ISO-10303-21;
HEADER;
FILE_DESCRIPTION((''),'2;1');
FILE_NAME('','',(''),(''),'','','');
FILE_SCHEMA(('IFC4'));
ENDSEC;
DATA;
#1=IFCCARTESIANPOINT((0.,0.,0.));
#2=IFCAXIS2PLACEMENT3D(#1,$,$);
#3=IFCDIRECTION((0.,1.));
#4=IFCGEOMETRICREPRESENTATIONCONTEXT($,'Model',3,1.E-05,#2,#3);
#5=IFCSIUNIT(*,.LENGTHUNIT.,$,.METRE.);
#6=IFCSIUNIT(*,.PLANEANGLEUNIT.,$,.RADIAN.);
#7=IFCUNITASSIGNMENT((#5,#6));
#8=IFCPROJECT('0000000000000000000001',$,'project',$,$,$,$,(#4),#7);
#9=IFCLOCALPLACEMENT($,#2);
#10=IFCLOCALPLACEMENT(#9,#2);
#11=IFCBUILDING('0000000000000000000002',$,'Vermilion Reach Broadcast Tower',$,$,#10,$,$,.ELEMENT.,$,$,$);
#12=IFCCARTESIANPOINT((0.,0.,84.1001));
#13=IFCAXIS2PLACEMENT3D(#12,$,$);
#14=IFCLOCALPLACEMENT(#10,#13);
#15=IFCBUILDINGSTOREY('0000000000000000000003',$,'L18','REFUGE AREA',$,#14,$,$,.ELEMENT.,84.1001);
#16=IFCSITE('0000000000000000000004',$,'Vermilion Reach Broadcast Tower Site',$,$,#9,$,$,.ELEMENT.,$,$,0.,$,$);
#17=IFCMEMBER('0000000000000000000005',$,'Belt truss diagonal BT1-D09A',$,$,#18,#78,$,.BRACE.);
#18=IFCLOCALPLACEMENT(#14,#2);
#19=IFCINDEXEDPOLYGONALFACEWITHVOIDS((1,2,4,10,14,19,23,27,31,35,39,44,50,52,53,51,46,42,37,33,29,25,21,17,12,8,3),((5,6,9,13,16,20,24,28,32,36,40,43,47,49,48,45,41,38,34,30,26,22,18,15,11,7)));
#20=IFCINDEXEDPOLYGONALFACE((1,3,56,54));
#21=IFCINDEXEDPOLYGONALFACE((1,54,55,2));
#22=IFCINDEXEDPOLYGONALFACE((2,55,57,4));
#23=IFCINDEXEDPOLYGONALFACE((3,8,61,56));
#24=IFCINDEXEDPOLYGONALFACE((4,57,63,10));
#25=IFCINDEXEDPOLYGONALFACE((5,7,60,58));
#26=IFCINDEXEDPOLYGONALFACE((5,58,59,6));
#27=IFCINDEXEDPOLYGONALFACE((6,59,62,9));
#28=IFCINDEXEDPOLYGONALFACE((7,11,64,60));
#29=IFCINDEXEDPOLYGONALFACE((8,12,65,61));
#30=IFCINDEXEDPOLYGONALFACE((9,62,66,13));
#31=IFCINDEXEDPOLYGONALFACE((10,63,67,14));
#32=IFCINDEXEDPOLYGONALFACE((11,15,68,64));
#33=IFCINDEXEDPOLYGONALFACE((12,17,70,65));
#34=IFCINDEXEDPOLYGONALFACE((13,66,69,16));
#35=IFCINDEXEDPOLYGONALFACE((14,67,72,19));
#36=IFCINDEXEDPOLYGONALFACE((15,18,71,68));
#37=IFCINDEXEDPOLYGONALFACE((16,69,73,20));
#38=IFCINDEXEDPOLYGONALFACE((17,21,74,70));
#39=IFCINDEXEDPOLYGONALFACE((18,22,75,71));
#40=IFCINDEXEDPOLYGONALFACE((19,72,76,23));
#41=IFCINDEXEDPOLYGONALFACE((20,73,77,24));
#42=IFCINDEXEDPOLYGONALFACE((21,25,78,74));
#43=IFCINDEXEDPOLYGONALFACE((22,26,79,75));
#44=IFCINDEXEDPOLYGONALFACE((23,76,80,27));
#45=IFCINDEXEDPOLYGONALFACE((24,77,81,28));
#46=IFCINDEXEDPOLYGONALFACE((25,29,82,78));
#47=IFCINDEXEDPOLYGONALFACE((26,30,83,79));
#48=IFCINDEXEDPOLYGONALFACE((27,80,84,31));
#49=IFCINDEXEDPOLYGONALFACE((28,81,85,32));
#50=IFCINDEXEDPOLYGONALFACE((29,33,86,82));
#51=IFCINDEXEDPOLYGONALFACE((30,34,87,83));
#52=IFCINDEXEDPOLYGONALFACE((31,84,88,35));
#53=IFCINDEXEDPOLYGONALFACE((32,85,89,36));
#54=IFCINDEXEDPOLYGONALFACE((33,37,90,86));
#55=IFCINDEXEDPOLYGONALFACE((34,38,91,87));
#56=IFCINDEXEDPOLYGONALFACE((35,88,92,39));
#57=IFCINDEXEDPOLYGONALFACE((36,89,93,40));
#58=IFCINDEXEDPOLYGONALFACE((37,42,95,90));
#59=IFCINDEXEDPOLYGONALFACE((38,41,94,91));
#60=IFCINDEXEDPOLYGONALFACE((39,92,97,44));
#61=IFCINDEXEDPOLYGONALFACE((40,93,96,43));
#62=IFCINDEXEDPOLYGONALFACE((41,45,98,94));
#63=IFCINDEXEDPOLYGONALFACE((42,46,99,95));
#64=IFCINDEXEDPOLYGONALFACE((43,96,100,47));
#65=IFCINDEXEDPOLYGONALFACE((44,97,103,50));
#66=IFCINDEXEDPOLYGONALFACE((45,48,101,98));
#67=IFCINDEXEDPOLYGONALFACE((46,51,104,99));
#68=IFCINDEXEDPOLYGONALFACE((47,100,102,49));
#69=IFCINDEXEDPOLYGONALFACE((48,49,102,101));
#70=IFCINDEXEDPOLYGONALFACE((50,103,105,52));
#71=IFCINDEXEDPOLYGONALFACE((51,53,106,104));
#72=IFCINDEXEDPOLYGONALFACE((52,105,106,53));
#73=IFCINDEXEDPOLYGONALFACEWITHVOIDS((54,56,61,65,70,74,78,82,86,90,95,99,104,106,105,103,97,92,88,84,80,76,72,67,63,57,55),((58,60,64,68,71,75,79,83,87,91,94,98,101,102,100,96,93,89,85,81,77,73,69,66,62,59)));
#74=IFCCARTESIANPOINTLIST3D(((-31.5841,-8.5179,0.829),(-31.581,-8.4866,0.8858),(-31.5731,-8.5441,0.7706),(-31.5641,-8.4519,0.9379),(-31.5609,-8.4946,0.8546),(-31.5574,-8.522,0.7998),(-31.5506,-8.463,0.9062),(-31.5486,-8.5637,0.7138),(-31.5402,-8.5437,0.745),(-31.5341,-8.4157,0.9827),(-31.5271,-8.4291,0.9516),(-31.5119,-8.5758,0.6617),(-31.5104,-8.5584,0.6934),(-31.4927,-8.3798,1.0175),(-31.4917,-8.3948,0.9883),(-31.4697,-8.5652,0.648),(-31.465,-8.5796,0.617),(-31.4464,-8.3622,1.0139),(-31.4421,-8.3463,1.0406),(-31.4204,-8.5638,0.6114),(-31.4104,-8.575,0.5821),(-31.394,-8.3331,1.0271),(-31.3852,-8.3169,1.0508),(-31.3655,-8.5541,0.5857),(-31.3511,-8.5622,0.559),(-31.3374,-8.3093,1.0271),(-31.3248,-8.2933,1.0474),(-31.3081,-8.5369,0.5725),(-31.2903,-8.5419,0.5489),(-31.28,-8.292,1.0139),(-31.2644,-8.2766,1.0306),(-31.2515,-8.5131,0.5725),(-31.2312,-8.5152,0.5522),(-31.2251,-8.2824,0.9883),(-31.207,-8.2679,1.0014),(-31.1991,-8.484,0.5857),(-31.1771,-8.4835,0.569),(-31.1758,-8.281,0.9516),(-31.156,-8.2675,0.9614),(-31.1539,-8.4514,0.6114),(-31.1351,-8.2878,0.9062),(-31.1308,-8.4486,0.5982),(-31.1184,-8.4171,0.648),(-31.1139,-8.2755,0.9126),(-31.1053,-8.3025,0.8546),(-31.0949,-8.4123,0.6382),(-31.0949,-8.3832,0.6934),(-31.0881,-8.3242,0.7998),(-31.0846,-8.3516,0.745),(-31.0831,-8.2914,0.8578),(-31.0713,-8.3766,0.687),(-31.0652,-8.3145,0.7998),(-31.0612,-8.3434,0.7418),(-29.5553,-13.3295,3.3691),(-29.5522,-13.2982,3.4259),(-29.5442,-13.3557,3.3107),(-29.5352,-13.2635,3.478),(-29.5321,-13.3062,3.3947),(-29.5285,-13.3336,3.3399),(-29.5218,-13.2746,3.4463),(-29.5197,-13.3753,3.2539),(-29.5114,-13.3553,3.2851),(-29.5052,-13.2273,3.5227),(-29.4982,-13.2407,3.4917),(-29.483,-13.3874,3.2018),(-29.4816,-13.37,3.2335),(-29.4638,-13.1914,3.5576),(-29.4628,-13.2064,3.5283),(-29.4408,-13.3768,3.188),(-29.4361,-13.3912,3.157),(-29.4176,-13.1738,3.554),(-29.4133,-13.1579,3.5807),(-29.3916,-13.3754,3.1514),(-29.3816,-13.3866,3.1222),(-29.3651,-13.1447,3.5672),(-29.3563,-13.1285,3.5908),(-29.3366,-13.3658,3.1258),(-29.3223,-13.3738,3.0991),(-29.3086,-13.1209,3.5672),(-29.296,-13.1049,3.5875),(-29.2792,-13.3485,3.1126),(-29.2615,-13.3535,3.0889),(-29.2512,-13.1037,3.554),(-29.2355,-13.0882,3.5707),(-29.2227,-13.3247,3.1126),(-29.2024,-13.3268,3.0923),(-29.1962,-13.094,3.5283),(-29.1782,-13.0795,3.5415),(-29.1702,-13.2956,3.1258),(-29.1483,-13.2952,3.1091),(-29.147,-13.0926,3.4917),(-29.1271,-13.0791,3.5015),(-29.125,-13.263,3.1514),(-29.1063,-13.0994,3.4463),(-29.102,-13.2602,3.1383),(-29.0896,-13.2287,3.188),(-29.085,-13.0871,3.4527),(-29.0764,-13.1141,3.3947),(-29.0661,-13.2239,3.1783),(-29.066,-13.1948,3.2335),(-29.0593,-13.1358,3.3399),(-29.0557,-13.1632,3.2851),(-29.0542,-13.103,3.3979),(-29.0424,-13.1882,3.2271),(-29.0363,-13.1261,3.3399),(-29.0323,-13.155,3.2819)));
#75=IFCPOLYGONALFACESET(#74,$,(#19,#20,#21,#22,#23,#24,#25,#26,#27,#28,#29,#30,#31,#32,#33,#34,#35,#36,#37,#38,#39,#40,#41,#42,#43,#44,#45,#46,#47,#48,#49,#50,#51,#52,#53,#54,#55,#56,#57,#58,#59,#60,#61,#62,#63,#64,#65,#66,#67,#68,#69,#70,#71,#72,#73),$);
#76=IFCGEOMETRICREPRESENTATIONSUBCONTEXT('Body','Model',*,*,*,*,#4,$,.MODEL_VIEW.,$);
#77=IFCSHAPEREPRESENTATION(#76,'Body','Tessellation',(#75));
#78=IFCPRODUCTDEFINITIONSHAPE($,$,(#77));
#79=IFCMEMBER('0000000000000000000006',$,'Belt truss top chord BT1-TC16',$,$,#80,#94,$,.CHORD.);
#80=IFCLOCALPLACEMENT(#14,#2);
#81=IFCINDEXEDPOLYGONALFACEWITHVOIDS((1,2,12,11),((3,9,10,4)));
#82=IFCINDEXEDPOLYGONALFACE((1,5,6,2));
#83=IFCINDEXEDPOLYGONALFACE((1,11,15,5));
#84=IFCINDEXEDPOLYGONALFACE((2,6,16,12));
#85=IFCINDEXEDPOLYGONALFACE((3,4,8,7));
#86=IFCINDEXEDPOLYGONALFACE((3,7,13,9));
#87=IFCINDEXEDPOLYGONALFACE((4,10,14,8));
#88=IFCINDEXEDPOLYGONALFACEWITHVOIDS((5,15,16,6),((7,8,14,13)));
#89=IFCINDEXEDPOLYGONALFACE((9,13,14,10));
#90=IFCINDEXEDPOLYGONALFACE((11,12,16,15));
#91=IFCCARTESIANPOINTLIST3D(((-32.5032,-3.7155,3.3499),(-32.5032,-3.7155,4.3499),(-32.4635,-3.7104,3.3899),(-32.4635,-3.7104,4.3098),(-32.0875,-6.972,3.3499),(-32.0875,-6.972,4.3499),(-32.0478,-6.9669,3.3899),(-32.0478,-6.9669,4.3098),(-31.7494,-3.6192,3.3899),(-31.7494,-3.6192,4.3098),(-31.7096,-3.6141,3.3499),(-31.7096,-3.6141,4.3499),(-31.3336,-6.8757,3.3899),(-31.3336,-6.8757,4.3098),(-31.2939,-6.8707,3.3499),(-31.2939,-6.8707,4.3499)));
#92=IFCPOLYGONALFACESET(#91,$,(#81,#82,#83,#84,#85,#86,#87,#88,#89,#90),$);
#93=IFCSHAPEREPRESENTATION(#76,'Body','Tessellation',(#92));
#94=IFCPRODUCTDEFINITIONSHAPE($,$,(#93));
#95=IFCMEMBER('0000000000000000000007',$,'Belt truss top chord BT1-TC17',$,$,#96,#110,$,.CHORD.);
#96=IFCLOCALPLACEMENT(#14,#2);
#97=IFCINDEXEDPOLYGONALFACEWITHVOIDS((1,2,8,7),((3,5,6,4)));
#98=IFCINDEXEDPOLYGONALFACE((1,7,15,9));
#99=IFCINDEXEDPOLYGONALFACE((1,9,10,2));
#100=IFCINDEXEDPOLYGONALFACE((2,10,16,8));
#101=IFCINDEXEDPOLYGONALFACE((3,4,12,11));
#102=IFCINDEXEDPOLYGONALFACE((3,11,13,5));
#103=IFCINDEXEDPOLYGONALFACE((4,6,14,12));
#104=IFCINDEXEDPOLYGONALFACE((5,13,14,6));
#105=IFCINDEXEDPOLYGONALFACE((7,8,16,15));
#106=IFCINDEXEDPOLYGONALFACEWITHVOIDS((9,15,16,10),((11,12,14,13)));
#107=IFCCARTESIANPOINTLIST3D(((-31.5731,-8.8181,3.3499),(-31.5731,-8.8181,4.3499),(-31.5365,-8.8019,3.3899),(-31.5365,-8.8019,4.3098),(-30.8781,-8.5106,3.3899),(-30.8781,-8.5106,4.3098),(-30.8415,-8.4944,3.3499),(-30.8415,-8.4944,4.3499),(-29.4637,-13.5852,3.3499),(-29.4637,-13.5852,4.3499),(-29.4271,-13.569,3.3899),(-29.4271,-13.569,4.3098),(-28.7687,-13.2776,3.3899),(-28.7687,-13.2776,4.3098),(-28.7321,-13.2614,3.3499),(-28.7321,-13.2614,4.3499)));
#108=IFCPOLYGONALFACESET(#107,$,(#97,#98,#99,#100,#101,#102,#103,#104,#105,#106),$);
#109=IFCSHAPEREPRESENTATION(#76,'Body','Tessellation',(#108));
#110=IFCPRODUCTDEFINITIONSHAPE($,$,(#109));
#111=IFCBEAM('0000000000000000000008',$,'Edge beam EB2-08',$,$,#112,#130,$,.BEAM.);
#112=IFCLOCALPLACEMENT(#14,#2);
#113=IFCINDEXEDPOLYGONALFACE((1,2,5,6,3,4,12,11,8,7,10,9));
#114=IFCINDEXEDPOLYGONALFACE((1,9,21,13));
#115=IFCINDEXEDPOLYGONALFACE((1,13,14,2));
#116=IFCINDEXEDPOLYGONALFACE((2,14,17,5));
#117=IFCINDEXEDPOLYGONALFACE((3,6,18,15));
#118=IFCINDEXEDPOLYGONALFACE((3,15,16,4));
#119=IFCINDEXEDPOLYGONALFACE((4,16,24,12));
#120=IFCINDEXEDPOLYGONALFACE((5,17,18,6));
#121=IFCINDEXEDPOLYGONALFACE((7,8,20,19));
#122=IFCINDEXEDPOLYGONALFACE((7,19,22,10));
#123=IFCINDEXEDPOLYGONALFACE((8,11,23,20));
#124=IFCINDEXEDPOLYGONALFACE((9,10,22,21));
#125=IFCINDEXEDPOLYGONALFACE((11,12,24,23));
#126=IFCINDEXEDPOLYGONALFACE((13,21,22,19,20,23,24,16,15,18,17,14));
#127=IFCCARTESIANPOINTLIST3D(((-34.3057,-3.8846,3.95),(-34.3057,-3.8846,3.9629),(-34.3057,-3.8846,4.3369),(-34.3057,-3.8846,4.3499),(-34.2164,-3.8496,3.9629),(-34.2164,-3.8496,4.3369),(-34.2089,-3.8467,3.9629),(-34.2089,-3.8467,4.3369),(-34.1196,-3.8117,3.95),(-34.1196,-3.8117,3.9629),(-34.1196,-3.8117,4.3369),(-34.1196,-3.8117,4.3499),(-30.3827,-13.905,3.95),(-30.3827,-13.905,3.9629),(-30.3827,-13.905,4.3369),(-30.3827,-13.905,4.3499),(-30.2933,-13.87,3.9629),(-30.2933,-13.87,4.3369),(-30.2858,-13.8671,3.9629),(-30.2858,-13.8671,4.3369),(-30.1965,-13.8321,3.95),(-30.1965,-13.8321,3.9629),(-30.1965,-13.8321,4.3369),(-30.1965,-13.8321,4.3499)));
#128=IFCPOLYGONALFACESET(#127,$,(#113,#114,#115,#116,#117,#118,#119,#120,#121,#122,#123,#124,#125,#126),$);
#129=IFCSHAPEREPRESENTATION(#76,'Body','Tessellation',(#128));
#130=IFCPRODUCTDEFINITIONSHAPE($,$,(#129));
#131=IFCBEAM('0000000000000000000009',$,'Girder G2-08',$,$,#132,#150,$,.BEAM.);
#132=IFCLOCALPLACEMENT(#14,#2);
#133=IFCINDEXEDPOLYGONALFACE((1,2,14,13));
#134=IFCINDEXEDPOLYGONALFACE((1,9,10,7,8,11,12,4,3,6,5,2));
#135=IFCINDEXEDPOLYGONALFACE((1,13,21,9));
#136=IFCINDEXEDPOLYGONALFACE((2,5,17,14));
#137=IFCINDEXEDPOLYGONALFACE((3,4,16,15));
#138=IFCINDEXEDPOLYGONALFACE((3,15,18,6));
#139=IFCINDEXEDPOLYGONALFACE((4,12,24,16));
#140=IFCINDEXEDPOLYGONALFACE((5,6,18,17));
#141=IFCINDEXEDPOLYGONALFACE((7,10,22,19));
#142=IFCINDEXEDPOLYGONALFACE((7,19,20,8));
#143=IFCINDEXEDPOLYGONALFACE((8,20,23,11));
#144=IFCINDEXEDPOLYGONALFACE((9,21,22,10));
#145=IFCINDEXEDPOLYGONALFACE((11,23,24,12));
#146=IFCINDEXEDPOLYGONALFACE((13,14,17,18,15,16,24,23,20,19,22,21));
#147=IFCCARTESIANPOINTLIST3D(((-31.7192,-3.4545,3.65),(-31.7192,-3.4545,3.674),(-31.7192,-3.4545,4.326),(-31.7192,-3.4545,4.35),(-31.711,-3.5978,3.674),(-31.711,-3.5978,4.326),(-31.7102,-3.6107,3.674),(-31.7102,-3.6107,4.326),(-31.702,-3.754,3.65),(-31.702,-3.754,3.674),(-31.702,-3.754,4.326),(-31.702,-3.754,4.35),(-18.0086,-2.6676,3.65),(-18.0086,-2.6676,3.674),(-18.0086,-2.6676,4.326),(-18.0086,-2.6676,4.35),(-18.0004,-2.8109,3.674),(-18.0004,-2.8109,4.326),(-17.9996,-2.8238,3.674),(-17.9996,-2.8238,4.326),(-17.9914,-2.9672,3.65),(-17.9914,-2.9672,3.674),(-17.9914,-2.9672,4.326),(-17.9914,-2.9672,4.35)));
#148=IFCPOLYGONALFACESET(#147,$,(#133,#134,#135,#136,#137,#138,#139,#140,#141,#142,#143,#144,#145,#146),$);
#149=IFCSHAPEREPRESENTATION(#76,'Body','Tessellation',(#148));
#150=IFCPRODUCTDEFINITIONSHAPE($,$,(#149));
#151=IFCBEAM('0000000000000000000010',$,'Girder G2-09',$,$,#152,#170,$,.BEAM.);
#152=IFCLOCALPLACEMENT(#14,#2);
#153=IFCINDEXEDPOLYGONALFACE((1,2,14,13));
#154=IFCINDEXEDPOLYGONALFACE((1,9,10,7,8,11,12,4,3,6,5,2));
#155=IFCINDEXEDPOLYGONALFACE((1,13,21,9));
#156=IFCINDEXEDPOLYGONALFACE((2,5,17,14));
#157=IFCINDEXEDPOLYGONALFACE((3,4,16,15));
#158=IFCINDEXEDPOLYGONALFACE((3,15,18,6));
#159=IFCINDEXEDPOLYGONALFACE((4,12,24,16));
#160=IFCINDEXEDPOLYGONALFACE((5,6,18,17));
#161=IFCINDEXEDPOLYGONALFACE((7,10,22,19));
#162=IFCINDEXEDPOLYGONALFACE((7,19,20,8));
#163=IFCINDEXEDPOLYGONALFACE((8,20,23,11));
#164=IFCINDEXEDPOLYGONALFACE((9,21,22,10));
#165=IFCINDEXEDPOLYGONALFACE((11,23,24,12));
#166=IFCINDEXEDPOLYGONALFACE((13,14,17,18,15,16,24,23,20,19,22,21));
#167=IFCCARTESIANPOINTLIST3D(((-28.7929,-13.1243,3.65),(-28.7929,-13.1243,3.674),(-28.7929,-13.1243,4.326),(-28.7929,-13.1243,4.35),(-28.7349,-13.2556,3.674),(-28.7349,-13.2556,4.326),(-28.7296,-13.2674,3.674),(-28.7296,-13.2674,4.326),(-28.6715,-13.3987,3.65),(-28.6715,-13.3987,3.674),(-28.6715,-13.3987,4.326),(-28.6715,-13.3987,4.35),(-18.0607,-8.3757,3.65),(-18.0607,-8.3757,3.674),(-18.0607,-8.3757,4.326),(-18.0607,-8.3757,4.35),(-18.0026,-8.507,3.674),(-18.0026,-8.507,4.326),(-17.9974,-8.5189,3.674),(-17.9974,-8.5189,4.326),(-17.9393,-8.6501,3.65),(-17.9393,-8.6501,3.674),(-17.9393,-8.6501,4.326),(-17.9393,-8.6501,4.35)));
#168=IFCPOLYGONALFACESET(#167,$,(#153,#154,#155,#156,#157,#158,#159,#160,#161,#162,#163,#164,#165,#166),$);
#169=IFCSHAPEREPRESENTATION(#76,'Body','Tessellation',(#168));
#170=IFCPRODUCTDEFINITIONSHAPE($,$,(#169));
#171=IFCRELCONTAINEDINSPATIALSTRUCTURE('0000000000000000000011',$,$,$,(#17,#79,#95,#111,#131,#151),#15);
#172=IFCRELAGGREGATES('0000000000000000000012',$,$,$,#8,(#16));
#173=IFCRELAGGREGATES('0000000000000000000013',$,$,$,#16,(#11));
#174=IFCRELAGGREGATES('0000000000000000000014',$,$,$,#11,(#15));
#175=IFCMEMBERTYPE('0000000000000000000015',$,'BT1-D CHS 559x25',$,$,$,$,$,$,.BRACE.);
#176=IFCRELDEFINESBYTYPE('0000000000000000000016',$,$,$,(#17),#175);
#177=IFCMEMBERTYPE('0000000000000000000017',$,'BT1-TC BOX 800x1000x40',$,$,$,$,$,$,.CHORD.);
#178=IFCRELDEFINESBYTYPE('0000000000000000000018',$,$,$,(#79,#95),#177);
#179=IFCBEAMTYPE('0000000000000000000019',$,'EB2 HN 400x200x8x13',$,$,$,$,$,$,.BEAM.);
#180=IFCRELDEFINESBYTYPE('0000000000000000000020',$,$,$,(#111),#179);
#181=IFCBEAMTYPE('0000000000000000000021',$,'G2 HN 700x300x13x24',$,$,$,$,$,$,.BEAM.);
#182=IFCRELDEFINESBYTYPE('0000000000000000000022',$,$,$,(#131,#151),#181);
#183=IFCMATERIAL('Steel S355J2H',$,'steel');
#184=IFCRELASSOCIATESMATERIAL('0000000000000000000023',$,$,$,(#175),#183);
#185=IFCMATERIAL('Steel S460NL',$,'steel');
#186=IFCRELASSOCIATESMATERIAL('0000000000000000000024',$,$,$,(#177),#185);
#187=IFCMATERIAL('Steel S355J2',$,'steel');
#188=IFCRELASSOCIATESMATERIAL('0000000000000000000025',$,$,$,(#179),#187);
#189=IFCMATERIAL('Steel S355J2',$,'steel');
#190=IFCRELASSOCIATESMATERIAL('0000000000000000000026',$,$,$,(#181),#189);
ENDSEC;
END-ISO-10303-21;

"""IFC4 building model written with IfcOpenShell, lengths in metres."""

from ifc_helpers import new_model, si_unit, direction, frame, origin, origin_2d, place, context, subcontext, project, spatial, hollow_rectangle, hollow_circle, i_section, extrude, material, material_profile, profile_set, type_object, element, save


model = new_model("IFC4")

# Units and contexts
model_context = context("Model", 3, precision=1e-05, world=origin(), true_north=direction((0.0, 1.0)))
body_context = subcontext(model_context, "Body", "Model", "MODEL_VIEW")
ifc_project = project(units=[si_unit("LENGTHUNIT", "METRE"), si_unit("PLANEANGLEUNIT", "RADIAN")], contexts=[model_context])

# Site, building, storey
site_placement = place(None, origin())
site = spatial("IfcSite", under=ifc_project, at=site_placement, Name="Vermilion Reach Broadcast Tower Site", CompositionType="ELEMENT", RefElevation=0.0)
building_placement = place(site_placement, origin())
building = spatial("IfcBuilding", under=site, at=building_placement, Name="Vermilion Reach Broadcast Tower", CompositionType="ELEMENT")
storey_placement = place(building_placement, frame((0.0, 0.0, 84.1001)))
storey = spatial("IfcBuildingStorey", under=building, at=storey_placement, Name="L18", Description="REFUGE AREA", CompositionType="ELEMENT", Elevation=84.1001)

# Members
ifc_material_1 = material(Name="Steel S355J2H", Category="steel")
ifc_material_profile_1 = material_profile(ifc_material_1, hollow_circle(Radius=0.2795, WallThickness=0.0249, at=origin_2d()), Name="S355J2H CHS 559x25")
ifc_profile_set_1 = profile_set([ifc_material_profile_1], Name="Steel S355J2H")
member_type_1 = type_object("IfcMemberType", Name="BT1-D CHS 559x25", PredefinedType="BRACE", material=ifc_profile_set_1)
member_1_placement = place(storey_placement, frame((-31.3228, -8.4231, 0.7998), z_axis=(0.349387, -0.828605, 0.437427), x_axis=(0.921436, 0.388529, 0.0)))
element("IfcMember", 1, at=member_1_placement, inside=storey, type_object=member_type_1, Name="Belt truss diagonal BT1-D09A", PredefinedType="BRACE", context=body_context, shape_type="SweptSolid", body=[
    extrude(hollow_circle(Radius=0.2795, WallThickness=0.0249, at=origin_2d()), origin(), (0.0, 0.0, 1.0), 5.8069),
])
ifc_material_2 = material(Name="Steel S460NL", Category="steel")
ifc_material_profile_2 = material_profile(ifc_material_2, hollow_rectangle(XDim=0.8, YDim=1.0, WallThickness=0.04, at=origin_2d()), Name="S460NL BOX 800x1000x40")
ifc_profile_set_2 = profile_set([ifc_material_profile_2], Name="Steel S460NL")
member_type_2 = type_object("IfcMemberType", Name="BT1-TC BOX 800x1000x40", PredefinedType="CHORD", material=ifc_profile_set_2)
member_2_placement = place(storey_placement, frame((-32.1064, -3.6648, 3.8499), z_axis=(0.126643, -0.991948, 0.0), x_axis=(0.991948, 0.126643, 0.0)))
element("IfcMember", 2, at=member_2_placement, inside=storey, type_object=member_type_2, Name="Belt truss top chord BT1-TC16", PredefinedType="CHORD", context=body_context, shape_type="SweptSolid", body=[
    extrude(hollow_rectangle(XDim=0.8, YDim=1.0, WallThickness=0.04, at=origin_2d()), origin(), (0.0, 0.0, 1.0), 3.283),
])
member_3_placement = place(storey_placement, frame((-31.2073, -8.6562, 3.8499), z_axis=(0.404643, -0.914475, 0.0), x_axis=(0.914475, 0.404643, 0.0)))
element("IfcMember", 3, at=member_3_placement, inside=storey, type_object=member_type_2, Name="Belt truss top chord BT1-TC17", PredefinedType="CHORD", context=body_context, shape_type="SweptSolid", body=[
    extrude(hollow_rectangle(XDim=0.8, YDim=1.0, WallThickness=0.04, at=origin_2d()), origin(), (0.0, 0.0, 1.0), 5.2129),
])

# Beams
ifc_material_3 = material(Name="Steel S355J2", Category="steel")
ifc_material_profile_3 = material_profile(ifc_material_3, i_section(OverallWidth=0.2, OverallDepth=0.3999, WebThickness=0.0081, FlangeThickness=0.0129, at=origin_2d()), Name="S355J2 HN 400x200x8x13")
ifc_profile_set_3 = profile_set([ifc_material_profile_3], Name="Steel S355J2")
beam_type_1 = type_object("IfcBeamType", Name="EB2 HN 400x200x8x13", PredefinedType="BEAM", material=ifc_profile_set_3)
beam_1_placement = place(storey_placement, frame((-34.2126, -3.8481, 4.1499), z_axis=(0.364563, -0.931179, 0.0), x_axis=(0.931179, 0.364563, 0.0)))
element("IfcBeam", 4, at=beam_1_placement, inside=storey, type_object=beam_type_1, Name="Edge beam EB2-08", PredefinedType="BEAM", context=body_context, shape_type="SweptSolid", body=[
    extrude(i_section(OverallWidth=0.2, OverallDepth=0.3999, WebThickness=0.0081, FlangeThickness=0.0129, at=origin_2d()), origin(), (0.0, 0.0, 1.0), 10.761),
])
ifc_material_4 = material(Name="Steel S355J2", Category="steel")
ifc_material_profile_4 = material_profile(ifc_material_4, i_section(OverallWidth=0.3, OverallDepth=0.7, WebThickness=0.0129, FlangeThickness=0.0239, at=origin_2d()), Name="S355J2 HN 700x300x13x24")
ifc_profile_set_4 = profile_set([ifc_material_profile_4], Name="Steel S355J2")
beam_type_2 = type_object("IfcBeamType", Name="G2 HN 700x300x13x24", PredefinedType="BEAM", material=ifc_profile_set_4)
beam_2_placement = place(storey_placement, frame((-18.0, -2.8174, 4.0), z_axis=(-0.998357, -0.057296, 0.0), x_axis=(0.057296, -0.998357, 0.0)))
element("IfcBeam", 5, at=beam_2_placement, inside=storey, type_object=beam_type_2, Name="Girder G2-08", PredefinedType="BEAM", context=body_context, shape_type="SweptSolid", body=[
    extrude(i_section(OverallWidth=0.3, OverallDepth=0.7, WebThickness=0.0129, FlangeThickness=0.0239, at=origin_2d()), origin(), (0.0, 0.0, 1.0), 13.7332),
])
beam_3_placement = place(storey_placement, frame((-18.0, -8.5129, 4.0), z_axis=(-0.914485, -0.404621, 0.0), x_axis=(0.404621, -0.914485, 0.0)))
element("IfcBeam", 6, at=beam_3_placement, inside=storey, type_object=beam_type_2, Name="Girder G2-09", PredefinedType="BEAM", context=body_context, shape_type="SweptSolid", body=[
    extrude(i_section(OverallWidth=0.3, OverallDepth=0.7, WebThickness=0.0129, FlangeThickness=0.0239, at=origin_2d()), origin(), (0.0, 0.0, 1.0), 11.7358),
])

save(model, "model.ifc")
